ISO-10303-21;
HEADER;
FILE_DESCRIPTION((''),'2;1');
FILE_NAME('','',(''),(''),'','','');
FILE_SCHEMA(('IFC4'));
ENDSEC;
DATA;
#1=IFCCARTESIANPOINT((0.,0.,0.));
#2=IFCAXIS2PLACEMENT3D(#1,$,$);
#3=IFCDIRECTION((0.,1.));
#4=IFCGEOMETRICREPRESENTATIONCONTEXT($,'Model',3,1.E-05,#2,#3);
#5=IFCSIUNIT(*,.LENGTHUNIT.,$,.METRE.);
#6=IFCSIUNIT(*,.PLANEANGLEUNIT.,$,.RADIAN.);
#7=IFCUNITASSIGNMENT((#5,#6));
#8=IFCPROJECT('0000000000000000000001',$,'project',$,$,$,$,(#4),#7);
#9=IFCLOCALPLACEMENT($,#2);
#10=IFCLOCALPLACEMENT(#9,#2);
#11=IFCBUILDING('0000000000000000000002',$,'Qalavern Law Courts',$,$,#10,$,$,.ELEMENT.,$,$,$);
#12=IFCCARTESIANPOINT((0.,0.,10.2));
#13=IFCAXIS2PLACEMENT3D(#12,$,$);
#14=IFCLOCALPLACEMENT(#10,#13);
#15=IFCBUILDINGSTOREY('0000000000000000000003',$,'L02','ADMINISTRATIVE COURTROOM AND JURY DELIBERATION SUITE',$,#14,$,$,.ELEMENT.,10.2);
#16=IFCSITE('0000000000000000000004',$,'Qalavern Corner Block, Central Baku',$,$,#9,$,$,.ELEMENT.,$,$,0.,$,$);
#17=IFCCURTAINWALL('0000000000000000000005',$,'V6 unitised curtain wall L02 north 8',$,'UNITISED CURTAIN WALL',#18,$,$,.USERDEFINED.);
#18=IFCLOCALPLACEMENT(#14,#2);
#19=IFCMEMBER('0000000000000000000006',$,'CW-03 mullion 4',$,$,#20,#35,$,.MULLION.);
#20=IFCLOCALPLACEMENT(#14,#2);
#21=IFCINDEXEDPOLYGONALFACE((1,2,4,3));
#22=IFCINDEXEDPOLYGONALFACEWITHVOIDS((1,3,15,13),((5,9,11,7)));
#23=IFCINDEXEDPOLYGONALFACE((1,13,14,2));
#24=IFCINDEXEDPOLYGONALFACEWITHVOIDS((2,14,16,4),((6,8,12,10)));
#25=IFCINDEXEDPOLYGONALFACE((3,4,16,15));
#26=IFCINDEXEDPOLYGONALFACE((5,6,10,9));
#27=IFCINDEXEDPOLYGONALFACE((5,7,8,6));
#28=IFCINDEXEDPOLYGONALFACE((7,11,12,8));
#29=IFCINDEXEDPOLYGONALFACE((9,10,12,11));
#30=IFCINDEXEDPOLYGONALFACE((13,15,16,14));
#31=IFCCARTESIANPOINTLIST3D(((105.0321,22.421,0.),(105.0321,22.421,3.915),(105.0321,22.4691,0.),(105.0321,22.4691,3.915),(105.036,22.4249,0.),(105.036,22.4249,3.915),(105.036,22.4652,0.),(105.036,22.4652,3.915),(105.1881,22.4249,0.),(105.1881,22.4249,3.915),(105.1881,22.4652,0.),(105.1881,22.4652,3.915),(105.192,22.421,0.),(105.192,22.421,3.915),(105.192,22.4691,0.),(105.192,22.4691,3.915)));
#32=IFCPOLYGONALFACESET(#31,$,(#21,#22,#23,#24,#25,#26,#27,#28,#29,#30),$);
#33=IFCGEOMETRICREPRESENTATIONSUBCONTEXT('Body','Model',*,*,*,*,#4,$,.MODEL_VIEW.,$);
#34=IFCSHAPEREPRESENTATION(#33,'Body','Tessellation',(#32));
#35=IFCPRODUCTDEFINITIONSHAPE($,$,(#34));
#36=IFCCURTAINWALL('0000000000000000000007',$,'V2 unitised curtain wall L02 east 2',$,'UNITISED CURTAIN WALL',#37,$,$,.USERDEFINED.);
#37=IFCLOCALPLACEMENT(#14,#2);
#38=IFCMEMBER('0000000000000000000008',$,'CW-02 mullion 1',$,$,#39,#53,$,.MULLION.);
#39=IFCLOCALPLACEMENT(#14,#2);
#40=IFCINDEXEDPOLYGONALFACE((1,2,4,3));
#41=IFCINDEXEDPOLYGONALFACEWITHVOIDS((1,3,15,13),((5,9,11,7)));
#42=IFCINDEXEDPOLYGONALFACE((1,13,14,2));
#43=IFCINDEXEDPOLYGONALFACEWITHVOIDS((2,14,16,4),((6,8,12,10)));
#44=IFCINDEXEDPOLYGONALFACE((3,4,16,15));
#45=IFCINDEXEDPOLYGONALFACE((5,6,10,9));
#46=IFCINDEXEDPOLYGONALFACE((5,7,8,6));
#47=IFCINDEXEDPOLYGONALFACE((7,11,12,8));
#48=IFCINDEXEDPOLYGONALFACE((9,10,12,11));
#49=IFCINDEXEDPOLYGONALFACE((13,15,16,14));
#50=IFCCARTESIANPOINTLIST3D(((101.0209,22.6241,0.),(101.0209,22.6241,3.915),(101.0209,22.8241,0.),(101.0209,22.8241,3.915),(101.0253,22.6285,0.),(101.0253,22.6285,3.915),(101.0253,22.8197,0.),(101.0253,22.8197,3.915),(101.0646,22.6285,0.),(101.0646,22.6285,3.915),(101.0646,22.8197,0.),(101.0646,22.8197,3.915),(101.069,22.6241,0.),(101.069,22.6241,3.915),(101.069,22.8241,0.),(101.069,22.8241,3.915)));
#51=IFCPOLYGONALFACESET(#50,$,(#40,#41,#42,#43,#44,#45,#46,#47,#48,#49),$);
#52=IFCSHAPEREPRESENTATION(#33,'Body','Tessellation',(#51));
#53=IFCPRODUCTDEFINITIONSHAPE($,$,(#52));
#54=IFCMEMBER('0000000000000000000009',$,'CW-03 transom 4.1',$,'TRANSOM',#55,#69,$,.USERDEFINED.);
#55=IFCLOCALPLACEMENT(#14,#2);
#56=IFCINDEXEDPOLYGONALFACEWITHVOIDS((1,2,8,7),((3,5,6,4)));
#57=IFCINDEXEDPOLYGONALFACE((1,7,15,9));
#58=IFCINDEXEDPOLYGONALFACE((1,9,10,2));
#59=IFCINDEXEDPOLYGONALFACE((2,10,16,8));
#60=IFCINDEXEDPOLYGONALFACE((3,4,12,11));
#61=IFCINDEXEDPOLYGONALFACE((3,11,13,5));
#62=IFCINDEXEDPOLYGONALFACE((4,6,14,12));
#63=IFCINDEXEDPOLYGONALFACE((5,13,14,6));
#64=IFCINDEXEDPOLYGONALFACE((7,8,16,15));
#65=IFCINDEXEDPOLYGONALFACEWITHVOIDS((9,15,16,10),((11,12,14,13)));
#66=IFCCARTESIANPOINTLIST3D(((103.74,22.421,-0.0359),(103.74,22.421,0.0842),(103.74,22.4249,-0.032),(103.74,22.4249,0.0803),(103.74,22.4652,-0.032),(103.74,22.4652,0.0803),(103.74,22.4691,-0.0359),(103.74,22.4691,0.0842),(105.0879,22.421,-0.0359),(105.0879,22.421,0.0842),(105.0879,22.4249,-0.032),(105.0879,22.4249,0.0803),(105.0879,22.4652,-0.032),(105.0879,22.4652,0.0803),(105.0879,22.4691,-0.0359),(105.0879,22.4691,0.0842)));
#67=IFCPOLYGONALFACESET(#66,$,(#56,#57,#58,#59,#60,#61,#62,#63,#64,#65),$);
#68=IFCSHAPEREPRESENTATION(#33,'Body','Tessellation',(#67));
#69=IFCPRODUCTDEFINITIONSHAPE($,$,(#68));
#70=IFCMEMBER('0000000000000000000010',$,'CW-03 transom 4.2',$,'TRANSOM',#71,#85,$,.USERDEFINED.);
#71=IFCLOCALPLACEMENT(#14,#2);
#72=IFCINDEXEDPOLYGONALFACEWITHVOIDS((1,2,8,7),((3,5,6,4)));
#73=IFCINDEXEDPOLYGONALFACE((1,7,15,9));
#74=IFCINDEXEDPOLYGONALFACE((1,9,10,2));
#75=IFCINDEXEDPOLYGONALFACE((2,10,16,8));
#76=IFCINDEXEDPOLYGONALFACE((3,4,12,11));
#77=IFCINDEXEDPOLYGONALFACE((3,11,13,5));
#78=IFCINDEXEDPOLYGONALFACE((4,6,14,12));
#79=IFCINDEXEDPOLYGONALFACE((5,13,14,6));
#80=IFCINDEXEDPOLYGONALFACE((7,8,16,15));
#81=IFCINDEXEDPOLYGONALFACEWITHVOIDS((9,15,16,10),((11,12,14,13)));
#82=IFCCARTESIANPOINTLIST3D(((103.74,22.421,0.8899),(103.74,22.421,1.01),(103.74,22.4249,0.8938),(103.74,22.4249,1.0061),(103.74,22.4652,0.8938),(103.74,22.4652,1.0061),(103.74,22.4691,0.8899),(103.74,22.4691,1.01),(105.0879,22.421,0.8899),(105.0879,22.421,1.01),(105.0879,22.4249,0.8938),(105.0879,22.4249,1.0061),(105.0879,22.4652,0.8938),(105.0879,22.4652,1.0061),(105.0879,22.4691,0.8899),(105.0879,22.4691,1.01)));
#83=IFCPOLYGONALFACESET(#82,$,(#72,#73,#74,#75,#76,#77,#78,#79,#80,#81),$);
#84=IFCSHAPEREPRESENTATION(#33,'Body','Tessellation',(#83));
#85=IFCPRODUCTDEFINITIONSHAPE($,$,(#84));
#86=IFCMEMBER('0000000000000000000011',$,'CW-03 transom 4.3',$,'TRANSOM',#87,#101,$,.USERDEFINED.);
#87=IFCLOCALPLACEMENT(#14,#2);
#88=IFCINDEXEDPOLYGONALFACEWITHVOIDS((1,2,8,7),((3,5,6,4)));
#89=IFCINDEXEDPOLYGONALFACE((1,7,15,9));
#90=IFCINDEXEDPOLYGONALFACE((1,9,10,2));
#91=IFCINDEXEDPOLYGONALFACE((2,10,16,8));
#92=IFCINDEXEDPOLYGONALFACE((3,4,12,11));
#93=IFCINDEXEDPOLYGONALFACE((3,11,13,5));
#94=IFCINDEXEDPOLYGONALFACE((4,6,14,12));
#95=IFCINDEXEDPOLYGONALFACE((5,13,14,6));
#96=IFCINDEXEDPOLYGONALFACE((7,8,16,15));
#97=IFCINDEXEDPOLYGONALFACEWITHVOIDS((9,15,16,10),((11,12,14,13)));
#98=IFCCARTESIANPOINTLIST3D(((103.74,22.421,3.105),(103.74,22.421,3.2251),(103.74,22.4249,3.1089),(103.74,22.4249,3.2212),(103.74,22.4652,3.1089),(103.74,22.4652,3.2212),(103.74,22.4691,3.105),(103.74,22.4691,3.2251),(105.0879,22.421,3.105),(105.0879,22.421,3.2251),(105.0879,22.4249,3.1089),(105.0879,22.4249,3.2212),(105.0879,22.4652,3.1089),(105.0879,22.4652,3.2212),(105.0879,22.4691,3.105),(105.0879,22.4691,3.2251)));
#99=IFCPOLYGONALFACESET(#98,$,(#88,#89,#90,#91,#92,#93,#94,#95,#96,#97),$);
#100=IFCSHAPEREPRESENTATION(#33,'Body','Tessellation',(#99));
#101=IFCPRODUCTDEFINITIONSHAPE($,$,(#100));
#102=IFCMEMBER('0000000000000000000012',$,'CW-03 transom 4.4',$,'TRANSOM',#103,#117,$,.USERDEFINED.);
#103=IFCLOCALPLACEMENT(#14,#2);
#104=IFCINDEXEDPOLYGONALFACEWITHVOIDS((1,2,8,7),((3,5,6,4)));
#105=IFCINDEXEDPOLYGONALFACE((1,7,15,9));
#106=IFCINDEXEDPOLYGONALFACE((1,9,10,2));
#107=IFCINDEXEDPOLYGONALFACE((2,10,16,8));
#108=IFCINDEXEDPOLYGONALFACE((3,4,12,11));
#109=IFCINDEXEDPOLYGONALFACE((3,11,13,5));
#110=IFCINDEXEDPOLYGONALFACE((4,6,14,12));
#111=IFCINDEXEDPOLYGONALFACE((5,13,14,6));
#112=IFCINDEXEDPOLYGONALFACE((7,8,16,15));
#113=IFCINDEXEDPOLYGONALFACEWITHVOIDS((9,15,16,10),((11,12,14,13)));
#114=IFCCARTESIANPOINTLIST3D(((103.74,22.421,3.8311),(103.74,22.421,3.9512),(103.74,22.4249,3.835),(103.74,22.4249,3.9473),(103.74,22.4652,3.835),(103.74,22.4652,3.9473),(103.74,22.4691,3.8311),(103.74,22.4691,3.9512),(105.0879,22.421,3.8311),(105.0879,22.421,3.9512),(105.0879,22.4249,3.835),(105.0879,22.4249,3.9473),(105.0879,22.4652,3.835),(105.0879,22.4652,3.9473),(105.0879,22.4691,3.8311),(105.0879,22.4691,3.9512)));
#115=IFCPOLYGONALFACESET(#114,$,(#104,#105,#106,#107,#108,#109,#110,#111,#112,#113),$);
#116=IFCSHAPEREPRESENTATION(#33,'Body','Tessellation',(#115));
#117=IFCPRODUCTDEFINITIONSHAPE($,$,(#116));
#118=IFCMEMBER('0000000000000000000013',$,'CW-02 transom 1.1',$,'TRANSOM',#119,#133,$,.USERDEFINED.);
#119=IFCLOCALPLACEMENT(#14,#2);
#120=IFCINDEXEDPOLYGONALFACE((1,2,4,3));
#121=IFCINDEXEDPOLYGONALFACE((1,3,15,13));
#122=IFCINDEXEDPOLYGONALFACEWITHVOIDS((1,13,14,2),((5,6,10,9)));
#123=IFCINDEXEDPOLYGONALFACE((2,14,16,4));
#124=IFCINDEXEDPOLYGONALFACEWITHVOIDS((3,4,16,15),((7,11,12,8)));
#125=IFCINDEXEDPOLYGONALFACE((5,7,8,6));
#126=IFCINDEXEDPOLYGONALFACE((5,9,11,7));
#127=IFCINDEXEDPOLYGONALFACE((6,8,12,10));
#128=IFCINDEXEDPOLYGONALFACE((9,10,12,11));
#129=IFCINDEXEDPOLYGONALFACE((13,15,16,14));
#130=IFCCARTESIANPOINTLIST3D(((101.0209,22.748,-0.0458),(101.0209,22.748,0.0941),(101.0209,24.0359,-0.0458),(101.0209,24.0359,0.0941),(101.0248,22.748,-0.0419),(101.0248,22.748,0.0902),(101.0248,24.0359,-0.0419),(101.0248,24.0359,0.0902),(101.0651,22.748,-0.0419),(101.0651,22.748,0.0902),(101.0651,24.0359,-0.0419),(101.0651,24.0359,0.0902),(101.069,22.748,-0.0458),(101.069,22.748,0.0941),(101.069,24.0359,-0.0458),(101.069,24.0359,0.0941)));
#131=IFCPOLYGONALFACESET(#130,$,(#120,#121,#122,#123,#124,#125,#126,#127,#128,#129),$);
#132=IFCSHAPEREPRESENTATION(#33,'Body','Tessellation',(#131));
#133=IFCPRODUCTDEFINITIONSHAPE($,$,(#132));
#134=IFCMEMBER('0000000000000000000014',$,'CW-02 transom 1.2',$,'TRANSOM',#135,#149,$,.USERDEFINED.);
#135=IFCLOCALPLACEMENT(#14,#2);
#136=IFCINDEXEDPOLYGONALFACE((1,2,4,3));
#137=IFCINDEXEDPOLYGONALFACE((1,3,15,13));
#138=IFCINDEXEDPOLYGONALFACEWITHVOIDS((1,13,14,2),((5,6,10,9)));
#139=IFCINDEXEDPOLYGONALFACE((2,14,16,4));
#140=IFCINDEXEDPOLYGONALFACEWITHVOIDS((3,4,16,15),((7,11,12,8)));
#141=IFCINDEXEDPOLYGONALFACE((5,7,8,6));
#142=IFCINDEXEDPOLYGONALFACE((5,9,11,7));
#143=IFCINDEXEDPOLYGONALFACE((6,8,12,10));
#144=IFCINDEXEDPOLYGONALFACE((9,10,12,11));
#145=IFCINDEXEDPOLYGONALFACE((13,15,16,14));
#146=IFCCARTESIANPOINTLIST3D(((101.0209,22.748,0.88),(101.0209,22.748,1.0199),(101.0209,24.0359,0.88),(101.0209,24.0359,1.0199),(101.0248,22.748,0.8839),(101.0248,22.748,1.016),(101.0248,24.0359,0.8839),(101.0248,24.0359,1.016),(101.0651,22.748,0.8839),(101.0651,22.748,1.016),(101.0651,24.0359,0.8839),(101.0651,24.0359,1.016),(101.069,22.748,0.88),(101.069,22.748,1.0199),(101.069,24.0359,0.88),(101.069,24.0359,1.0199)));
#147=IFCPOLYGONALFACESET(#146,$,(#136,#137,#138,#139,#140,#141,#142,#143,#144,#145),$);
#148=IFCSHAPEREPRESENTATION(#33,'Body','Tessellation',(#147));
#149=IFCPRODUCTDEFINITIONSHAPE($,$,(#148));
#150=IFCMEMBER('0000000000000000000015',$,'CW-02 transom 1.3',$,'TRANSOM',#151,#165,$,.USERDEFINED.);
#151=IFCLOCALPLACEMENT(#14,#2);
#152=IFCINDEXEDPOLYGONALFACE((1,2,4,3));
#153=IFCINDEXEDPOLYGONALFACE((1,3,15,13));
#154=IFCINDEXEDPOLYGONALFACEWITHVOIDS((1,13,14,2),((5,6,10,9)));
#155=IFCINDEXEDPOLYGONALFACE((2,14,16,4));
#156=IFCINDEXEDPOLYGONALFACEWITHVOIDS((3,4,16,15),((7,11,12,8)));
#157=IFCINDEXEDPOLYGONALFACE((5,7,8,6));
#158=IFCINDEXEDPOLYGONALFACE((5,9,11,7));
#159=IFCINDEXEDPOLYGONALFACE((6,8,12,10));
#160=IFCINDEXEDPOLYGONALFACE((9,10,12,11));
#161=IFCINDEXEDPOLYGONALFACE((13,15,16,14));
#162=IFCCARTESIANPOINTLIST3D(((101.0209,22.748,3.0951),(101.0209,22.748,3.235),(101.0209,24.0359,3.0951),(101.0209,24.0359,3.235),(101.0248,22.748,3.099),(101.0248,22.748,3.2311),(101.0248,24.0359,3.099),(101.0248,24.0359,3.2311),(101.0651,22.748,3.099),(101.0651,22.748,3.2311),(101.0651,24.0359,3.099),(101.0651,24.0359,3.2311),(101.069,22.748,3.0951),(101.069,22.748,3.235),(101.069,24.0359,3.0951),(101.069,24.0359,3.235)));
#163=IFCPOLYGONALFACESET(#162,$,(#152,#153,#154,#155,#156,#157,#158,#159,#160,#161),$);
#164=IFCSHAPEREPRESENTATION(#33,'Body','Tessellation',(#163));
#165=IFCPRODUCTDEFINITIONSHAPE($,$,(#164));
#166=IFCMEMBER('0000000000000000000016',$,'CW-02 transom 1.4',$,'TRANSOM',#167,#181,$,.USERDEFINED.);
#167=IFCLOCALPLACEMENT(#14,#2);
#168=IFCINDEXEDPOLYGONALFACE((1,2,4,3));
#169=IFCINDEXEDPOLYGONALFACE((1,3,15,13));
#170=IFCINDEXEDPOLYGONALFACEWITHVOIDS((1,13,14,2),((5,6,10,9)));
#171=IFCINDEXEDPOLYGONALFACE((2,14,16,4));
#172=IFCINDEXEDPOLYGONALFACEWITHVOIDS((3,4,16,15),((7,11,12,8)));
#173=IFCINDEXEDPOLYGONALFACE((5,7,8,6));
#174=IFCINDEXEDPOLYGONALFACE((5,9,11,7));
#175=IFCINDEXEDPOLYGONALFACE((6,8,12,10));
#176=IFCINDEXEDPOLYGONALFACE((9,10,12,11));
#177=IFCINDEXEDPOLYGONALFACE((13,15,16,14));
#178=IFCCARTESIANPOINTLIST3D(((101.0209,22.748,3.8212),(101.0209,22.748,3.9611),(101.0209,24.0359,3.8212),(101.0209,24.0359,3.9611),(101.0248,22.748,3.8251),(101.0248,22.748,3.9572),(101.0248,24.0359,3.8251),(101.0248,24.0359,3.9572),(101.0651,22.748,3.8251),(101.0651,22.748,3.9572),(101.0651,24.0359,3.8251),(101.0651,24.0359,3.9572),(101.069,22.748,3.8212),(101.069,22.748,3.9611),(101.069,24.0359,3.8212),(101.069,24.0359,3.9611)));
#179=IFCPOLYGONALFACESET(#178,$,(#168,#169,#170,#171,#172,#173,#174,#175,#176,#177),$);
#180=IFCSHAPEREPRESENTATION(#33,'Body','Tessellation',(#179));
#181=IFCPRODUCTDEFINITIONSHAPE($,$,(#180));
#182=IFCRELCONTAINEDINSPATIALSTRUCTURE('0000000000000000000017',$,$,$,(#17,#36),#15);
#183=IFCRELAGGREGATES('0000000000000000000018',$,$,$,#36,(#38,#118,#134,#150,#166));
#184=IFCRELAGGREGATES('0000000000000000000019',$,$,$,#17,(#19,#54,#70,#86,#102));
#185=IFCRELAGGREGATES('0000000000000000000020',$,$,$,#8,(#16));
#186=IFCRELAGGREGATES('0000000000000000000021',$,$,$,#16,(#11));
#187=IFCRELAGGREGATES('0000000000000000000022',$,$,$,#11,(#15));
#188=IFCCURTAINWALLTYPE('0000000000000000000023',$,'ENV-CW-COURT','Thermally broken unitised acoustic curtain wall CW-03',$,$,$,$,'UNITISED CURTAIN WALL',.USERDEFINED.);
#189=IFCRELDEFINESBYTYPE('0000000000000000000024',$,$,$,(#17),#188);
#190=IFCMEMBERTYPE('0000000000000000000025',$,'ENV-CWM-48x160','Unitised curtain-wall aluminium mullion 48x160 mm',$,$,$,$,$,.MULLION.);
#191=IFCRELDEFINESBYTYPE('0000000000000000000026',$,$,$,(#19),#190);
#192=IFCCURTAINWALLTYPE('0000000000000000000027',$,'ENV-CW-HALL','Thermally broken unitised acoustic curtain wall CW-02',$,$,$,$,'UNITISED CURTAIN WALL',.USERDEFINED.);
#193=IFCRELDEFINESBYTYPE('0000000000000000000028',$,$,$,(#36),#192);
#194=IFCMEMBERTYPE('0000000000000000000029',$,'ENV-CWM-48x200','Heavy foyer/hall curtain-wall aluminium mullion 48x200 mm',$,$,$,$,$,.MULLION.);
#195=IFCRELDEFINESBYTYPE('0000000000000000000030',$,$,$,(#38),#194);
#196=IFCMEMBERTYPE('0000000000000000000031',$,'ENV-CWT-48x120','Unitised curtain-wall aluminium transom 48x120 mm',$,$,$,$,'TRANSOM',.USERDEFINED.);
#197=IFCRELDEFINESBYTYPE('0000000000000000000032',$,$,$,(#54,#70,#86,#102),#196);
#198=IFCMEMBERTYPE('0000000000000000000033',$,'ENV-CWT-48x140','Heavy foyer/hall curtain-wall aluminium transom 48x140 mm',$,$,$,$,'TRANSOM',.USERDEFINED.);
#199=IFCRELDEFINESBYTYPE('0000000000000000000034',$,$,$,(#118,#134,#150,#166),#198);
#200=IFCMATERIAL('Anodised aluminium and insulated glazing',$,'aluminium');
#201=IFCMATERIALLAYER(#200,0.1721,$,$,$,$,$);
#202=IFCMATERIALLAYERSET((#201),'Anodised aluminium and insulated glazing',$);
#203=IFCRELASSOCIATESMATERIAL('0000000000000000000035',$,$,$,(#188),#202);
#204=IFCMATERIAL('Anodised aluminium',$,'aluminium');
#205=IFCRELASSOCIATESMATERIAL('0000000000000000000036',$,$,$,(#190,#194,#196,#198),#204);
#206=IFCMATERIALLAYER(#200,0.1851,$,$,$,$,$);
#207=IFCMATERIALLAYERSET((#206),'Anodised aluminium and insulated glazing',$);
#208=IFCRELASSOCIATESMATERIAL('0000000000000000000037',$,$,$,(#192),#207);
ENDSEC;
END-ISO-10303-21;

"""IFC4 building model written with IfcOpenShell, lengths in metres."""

from ifc_helpers import new_model, si_unit, direction, frame, origin, origin_2d, place, context, subcontext, project, spatial, hollow_rectangle, extrude, material, layer, layer_set, material_profile, profile_set, type_object, element, aggregate, save


model = new_model("IFC4")

# Units and contexts
model_context = context("Model", 3, precision=1e-05, world=origin(), true_north=direction((0.0, 1.0)))
body_context = subcontext(model_context, "Body", "Model", "MODEL_VIEW")
ifc_project = project(units=[si_unit("LENGTHUNIT", "METRE"), si_unit("PLANEANGLEUNIT", "RADIAN")], contexts=[model_context])

# Site, building, storey
site_placement = place(None, origin())
site = spatial("IfcSite", under=ifc_project, at=site_placement, Name="Qalavern Corner Block, Central Baku", CompositionType="ELEMENT", RefElevation=0.0)
building_placement = place(site_placement, origin())
building = spatial("IfcBuilding", under=site, at=building_placement, Name="Qalavern Law Courts", CompositionType="ELEMENT")
storey_placement = place(building_placement, frame((0.0, 0.0, 10.2)))
storey = spatial("IfcBuildingStorey", under=building, at=storey_placement, Name="L02", Description="ADMINISTRATIVE COURTROOM AND JURY DELIBERATION SUITE", CompositionType="ELEMENT", Elevation=10.2)

# Curtain walls, members
ifc_material_1 = material(Name="Anodised aluminium and insulated glazing", Category="aluminium")
ifc_layer_1 = layer(ifc_material_1, 0.1721)
ifc_layer_set_1 = layer_set([ifc_layer_1], Name="Anodised aluminium and insulated glazing")
curtain_wall_type_1 = type_object("IfcCurtainWallType", Name="ENV-CW-COURT", Description="Thermally broken unitised acoustic curtain wall CW-03", ElementType="UNITISED CURTAIN WALL", PredefinedType="USERDEFINED", material=ifc_layer_set_1)
curtain_wall_1_placement = place(storey_placement, origin())
curtain_wall_1 = element("IfcCurtainWall", 1, at=curtain_wall_1_placement, inside=storey, type_object=curtain_wall_type_1, Name="V6 unitised curtain wall L02 north 8", ObjectType="UNITISED CURTAIN WALL", PredefinedType="USERDEFINED")
ifc_material_2 = material(Name="Anodised aluminium", Category="aluminium")
ifc_material_profile_1 = material_profile(ifc_material_2, hollow_rectangle(XDim=0.0481, YDim=0.1599, WallThickness=0.0039, at=origin_2d()), Name="ALU MULLION 48x160")
ifc_profile_set_1 = profile_set([ifc_material_profile_1], Name="Anodised aluminium")
member_type_1 = type_object("IfcMemberType", Name="ENV-CWM-48x160", Description="Unitised curtain-wall aluminium mullion 48x160 mm", PredefinedType="MULLION", material=ifc_profile_set_1)
member_1_placement = place(storey_placement, frame((105.1121, 22.4451, 0.0), z_axis=(0.0, 0.0, 1.0), x_axis=(0.0, -1.0, 0.0)))
member_1 = element("IfcMember", 2, at=member_1_placement, type_object=member_type_1, Name="CW-03 mullion 4", PredefinedType="MULLION", context=body_context, shape_type="SweptSolid", body=[
    extrude(hollow_rectangle(XDim=0.0481, YDim=0.1599, WallThickness=0.0039, at=origin_2d()), origin(), (0.0, 0.0, 1.0), 3.915),
])
ifc_layer_2 = layer(ifc_material_1, 0.1851)
ifc_layer_set_2 = layer_set([ifc_layer_2], Name="Anodised aluminium and insulated glazing")
curtain_wall_type_2 = type_object("IfcCurtainWallType", Name="ENV-CW-HALL", Description="Thermally broken unitised acoustic curtain wall CW-02", ElementType="UNITISED CURTAIN WALL", PredefinedType="USERDEFINED", material=ifc_layer_set_2)
curtain_wall_2_placement = place(storey_placement, origin())
curtain_wall_2 = element("IfcCurtainWall", 3, at=curtain_wall_2_placement, inside=storey, type_object=curtain_wall_type_2, Name="V2 unitised curtain wall L02 east 2", ObjectType="UNITISED CURTAIN WALL", PredefinedType="USERDEFINED")
ifc_material_profile_2 = material_profile(ifc_material_2, hollow_rectangle(XDim=0.0481, YDim=0.2, WallThickness=0.0044, at=origin_2d()), Name="ALU MULLION 48x200")
ifc_profile_set_2 = profile_set([ifc_material_profile_2], Name="Anodised aluminium")
member_type_2 = type_object("IfcMemberType", Name="ENV-CWM-48x200", Description="Heavy foyer/hall curtain-wall aluminium mullion 48x200 mm", PredefinedType="MULLION", material=ifc_profile_set_2)
member_2_placement = place(storey_placement, frame((101.0449, 22.7241, 0.0), z_axis=(0.0, 0.0, 1.0), x_axis=(-1.0, 0.0, 0.0)))
member_2 = element("IfcMember", 4, at=member_2_placement, type_object=member_type_2, Name="CW-02 mullion 1", PredefinedType="MULLION", context=body_context, shape_type="SweptSolid", body=[
    extrude(hollow_rectangle(XDim=0.0481, YDim=0.2, WallThickness=0.0044, at=origin_2d()), origin(), (0.0, 0.0, 1.0), 3.915),
])

# Members
ifc_material_profile_3 = material_profile(ifc_material_2, hollow_rectangle(XDim=0.0481, YDim=0.1201, WallThickness=0.0039, at=origin_2d()), Name="ALU TRANSOM 48x120")
ifc_profile_set_3 = profile_set([ifc_material_profile_3], Name="Anodised aluminium")
member_type_3 = type_object("IfcMemberType", Name="ENV-CWT-48x120", Description="Unitised curtain-wall aluminium transom 48x120 mm", ElementType="TRANSOM", PredefinedType="USERDEFINED", material=ifc_profile_set_3)
member_3_placement = place(storey_placement, frame((105.0879, 22.4451, 0.0242), z_axis=(-1.0, 0.0, 0.0), x_axis=(0.0, -1.0, 0.0)))
member_3 = element("IfcMember", 5, at=member_3_placement, type_object=member_type_3, Name="CW-03 transom 4.1", ObjectType="TRANSOM", PredefinedType="USERDEFINED", context=body_context, shape_type="SweptSolid", body=[
    extrude(hollow_rectangle(XDim=0.0481, YDim=0.1201, WallThickness=0.0039, at=origin_2d()), origin(), (0.0, 0.0, 1.0), 1.3479),
])
member_4_placement = place(storey_placement, frame((105.0879, 22.4451, 0.95), z_axis=(-1.0, 0.0, 0.0), x_axis=(0.0, -1.0, 0.0)))
member_4 = element("IfcMember", 6, at=member_4_placement, type_object=member_type_3, Name="CW-03 transom 4.2", ObjectType="TRANSOM", PredefinedType="USERDEFINED", context=body_context, shape_type="SweptSolid", body=[
    extrude(hollow_rectangle(XDim=0.0481, YDim=0.1201, WallThickness=0.0039, at=origin_2d()), origin(), (0.0, 0.0, 1.0), 1.3479),
])
member_5_placement = place(storey_placement, frame((105.0879, 22.4451, 3.165), z_axis=(-1.0, 0.0, 0.0), x_axis=(0.0, -1.0, 0.0)))
member_5 = element("IfcMember", 7, at=member_5_placement, type_object=member_type_3, Name="CW-03 transom 4.3", ObjectType="TRANSOM", PredefinedType="USERDEFINED", context=body_context, shape_type="SweptSolid", body=[
    extrude(hollow_rectangle(XDim=0.0481, YDim=0.1201, WallThickness=0.0039, at=origin_2d()), origin(), (0.0, 0.0, 1.0), 1.3479),
])
member_6_placement = place(storey_placement, frame((105.0879, 22.4451, 3.8911), z_axis=(-1.0, 0.0, 0.0), x_axis=(0.0, -1.0, 0.0)))
member_6 = element("IfcMember", 8, at=member_6_placement, type_object=member_type_3, Name="CW-03 transom 4.4", ObjectType="TRANSOM", PredefinedType="USERDEFINED", context=body_context, shape_type="SweptSolid", body=[
    extrude(hollow_rectangle(XDim=0.0481, YDim=0.1201, WallThickness=0.0039, at=origin_2d()), origin(), (0.0, 0.0, 1.0), 1.3479),
])
ifc_material_profile_4 = material_profile(ifc_material_2, hollow_rectangle(XDim=0.0481, YDim=0.1399, WallThickness=0.0039, at=origin_2d()), Name="ALU TRANSOM 48x140")
ifc_profile_set_4 = profile_set([ifc_material_profile_4], Name="Anodised aluminium")
member_type_4 = type_object("IfcMemberType", Name="ENV-CWT-48x140", Description="Heavy foyer/hall curtain-wall aluminium transom 48x140 mm", ElementType="TRANSOM", PredefinedType="USERDEFINED", material=ifc_profile_set_4)
member_7_placement = place(storey_placement, frame((101.0449, 22.748, 0.0242), z_axis=(0.0, 1.0, 0.0), x_axis=(-1.0, 0.0, 0.0)))
member_7 = element("IfcMember", 9, at=member_7_placement, type_object=member_type_4, Name="CW-02 transom 1.1", ObjectType="TRANSOM", PredefinedType="USERDEFINED", context=body_context, shape_type="SweptSolid", body=[
    extrude(hollow_rectangle(XDim=0.0481, YDim=0.1399, WallThickness=0.0039, at=origin_2d()), origin(), (0.0, 0.0, 1.0), 1.2878),
])
member_8_placement = place(storey_placement, frame((101.0449, 22.748, 0.95), z_axis=(0.0, 1.0, 0.0), x_axis=(-1.0, 0.0, 0.0)))
member_8 = element("IfcMember", 10, at=member_8_placement, type_object=member_type_4, Name="CW-02 transom 1.2", ObjectType="TRANSOM", PredefinedType="USERDEFINED", context=body_context, shape_type="SweptSolid", body=[
    extrude(hollow_rectangle(XDim=0.0481, YDim=0.1399, WallThickness=0.0039, at=origin_2d()), origin(), (0.0, 0.0, 1.0), 1.2878),
])
member_9_placement = place(storey_placement, frame((101.0449, 22.748, 3.165), z_axis=(0.0, 1.0, 0.0), x_axis=(-1.0, 0.0, 0.0)))
member_9 = element("IfcMember", 11, at=member_9_placement, type_object=member_type_4, Name="CW-02 transom 1.3", ObjectType="TRANSOM", PredefinedType="USERDEFINED", context=body_context, shape_type="SweptSolid", body=[
    extrude(hollow_rectangle(XDim=0.0481, YDim=0.1399, WallThickness=0.0039, at=origin_2d()), origin(), (0.0, 0.0, 1.0), 1.2878),
])
member_10_placement = place(storey_placement, frame((101.0449, 22.748, 3.8911), z_axis=(0.0, 1.0, 0.0), x_axis=(-1.0, 0.0, 0.0)))
member_10 = element("IfcMember", 12, at=member_10_placement, type_object=member_type_4, Name="CW-02 transom 1.4", ObjectType="TRANSOM", PredefinedType="USERDEFINED", context=body_context, shape_type="SweptSolid", body=[
    extrude(hollow_rectangle(XDim=0.0481, YDim=0.1399, WallThickness=0.0039, at=origin_2d()), origin(), (0.0, 0.0, 1.0), 1.2878),
])
aggregate(curtain_wall_2, [member_2, member_7, member_8, member_9, member_10])

aggregate(curtain_wall_1, [member_1, member_3, member_4, member_5, member_6])

save(model, "model.ifc")
